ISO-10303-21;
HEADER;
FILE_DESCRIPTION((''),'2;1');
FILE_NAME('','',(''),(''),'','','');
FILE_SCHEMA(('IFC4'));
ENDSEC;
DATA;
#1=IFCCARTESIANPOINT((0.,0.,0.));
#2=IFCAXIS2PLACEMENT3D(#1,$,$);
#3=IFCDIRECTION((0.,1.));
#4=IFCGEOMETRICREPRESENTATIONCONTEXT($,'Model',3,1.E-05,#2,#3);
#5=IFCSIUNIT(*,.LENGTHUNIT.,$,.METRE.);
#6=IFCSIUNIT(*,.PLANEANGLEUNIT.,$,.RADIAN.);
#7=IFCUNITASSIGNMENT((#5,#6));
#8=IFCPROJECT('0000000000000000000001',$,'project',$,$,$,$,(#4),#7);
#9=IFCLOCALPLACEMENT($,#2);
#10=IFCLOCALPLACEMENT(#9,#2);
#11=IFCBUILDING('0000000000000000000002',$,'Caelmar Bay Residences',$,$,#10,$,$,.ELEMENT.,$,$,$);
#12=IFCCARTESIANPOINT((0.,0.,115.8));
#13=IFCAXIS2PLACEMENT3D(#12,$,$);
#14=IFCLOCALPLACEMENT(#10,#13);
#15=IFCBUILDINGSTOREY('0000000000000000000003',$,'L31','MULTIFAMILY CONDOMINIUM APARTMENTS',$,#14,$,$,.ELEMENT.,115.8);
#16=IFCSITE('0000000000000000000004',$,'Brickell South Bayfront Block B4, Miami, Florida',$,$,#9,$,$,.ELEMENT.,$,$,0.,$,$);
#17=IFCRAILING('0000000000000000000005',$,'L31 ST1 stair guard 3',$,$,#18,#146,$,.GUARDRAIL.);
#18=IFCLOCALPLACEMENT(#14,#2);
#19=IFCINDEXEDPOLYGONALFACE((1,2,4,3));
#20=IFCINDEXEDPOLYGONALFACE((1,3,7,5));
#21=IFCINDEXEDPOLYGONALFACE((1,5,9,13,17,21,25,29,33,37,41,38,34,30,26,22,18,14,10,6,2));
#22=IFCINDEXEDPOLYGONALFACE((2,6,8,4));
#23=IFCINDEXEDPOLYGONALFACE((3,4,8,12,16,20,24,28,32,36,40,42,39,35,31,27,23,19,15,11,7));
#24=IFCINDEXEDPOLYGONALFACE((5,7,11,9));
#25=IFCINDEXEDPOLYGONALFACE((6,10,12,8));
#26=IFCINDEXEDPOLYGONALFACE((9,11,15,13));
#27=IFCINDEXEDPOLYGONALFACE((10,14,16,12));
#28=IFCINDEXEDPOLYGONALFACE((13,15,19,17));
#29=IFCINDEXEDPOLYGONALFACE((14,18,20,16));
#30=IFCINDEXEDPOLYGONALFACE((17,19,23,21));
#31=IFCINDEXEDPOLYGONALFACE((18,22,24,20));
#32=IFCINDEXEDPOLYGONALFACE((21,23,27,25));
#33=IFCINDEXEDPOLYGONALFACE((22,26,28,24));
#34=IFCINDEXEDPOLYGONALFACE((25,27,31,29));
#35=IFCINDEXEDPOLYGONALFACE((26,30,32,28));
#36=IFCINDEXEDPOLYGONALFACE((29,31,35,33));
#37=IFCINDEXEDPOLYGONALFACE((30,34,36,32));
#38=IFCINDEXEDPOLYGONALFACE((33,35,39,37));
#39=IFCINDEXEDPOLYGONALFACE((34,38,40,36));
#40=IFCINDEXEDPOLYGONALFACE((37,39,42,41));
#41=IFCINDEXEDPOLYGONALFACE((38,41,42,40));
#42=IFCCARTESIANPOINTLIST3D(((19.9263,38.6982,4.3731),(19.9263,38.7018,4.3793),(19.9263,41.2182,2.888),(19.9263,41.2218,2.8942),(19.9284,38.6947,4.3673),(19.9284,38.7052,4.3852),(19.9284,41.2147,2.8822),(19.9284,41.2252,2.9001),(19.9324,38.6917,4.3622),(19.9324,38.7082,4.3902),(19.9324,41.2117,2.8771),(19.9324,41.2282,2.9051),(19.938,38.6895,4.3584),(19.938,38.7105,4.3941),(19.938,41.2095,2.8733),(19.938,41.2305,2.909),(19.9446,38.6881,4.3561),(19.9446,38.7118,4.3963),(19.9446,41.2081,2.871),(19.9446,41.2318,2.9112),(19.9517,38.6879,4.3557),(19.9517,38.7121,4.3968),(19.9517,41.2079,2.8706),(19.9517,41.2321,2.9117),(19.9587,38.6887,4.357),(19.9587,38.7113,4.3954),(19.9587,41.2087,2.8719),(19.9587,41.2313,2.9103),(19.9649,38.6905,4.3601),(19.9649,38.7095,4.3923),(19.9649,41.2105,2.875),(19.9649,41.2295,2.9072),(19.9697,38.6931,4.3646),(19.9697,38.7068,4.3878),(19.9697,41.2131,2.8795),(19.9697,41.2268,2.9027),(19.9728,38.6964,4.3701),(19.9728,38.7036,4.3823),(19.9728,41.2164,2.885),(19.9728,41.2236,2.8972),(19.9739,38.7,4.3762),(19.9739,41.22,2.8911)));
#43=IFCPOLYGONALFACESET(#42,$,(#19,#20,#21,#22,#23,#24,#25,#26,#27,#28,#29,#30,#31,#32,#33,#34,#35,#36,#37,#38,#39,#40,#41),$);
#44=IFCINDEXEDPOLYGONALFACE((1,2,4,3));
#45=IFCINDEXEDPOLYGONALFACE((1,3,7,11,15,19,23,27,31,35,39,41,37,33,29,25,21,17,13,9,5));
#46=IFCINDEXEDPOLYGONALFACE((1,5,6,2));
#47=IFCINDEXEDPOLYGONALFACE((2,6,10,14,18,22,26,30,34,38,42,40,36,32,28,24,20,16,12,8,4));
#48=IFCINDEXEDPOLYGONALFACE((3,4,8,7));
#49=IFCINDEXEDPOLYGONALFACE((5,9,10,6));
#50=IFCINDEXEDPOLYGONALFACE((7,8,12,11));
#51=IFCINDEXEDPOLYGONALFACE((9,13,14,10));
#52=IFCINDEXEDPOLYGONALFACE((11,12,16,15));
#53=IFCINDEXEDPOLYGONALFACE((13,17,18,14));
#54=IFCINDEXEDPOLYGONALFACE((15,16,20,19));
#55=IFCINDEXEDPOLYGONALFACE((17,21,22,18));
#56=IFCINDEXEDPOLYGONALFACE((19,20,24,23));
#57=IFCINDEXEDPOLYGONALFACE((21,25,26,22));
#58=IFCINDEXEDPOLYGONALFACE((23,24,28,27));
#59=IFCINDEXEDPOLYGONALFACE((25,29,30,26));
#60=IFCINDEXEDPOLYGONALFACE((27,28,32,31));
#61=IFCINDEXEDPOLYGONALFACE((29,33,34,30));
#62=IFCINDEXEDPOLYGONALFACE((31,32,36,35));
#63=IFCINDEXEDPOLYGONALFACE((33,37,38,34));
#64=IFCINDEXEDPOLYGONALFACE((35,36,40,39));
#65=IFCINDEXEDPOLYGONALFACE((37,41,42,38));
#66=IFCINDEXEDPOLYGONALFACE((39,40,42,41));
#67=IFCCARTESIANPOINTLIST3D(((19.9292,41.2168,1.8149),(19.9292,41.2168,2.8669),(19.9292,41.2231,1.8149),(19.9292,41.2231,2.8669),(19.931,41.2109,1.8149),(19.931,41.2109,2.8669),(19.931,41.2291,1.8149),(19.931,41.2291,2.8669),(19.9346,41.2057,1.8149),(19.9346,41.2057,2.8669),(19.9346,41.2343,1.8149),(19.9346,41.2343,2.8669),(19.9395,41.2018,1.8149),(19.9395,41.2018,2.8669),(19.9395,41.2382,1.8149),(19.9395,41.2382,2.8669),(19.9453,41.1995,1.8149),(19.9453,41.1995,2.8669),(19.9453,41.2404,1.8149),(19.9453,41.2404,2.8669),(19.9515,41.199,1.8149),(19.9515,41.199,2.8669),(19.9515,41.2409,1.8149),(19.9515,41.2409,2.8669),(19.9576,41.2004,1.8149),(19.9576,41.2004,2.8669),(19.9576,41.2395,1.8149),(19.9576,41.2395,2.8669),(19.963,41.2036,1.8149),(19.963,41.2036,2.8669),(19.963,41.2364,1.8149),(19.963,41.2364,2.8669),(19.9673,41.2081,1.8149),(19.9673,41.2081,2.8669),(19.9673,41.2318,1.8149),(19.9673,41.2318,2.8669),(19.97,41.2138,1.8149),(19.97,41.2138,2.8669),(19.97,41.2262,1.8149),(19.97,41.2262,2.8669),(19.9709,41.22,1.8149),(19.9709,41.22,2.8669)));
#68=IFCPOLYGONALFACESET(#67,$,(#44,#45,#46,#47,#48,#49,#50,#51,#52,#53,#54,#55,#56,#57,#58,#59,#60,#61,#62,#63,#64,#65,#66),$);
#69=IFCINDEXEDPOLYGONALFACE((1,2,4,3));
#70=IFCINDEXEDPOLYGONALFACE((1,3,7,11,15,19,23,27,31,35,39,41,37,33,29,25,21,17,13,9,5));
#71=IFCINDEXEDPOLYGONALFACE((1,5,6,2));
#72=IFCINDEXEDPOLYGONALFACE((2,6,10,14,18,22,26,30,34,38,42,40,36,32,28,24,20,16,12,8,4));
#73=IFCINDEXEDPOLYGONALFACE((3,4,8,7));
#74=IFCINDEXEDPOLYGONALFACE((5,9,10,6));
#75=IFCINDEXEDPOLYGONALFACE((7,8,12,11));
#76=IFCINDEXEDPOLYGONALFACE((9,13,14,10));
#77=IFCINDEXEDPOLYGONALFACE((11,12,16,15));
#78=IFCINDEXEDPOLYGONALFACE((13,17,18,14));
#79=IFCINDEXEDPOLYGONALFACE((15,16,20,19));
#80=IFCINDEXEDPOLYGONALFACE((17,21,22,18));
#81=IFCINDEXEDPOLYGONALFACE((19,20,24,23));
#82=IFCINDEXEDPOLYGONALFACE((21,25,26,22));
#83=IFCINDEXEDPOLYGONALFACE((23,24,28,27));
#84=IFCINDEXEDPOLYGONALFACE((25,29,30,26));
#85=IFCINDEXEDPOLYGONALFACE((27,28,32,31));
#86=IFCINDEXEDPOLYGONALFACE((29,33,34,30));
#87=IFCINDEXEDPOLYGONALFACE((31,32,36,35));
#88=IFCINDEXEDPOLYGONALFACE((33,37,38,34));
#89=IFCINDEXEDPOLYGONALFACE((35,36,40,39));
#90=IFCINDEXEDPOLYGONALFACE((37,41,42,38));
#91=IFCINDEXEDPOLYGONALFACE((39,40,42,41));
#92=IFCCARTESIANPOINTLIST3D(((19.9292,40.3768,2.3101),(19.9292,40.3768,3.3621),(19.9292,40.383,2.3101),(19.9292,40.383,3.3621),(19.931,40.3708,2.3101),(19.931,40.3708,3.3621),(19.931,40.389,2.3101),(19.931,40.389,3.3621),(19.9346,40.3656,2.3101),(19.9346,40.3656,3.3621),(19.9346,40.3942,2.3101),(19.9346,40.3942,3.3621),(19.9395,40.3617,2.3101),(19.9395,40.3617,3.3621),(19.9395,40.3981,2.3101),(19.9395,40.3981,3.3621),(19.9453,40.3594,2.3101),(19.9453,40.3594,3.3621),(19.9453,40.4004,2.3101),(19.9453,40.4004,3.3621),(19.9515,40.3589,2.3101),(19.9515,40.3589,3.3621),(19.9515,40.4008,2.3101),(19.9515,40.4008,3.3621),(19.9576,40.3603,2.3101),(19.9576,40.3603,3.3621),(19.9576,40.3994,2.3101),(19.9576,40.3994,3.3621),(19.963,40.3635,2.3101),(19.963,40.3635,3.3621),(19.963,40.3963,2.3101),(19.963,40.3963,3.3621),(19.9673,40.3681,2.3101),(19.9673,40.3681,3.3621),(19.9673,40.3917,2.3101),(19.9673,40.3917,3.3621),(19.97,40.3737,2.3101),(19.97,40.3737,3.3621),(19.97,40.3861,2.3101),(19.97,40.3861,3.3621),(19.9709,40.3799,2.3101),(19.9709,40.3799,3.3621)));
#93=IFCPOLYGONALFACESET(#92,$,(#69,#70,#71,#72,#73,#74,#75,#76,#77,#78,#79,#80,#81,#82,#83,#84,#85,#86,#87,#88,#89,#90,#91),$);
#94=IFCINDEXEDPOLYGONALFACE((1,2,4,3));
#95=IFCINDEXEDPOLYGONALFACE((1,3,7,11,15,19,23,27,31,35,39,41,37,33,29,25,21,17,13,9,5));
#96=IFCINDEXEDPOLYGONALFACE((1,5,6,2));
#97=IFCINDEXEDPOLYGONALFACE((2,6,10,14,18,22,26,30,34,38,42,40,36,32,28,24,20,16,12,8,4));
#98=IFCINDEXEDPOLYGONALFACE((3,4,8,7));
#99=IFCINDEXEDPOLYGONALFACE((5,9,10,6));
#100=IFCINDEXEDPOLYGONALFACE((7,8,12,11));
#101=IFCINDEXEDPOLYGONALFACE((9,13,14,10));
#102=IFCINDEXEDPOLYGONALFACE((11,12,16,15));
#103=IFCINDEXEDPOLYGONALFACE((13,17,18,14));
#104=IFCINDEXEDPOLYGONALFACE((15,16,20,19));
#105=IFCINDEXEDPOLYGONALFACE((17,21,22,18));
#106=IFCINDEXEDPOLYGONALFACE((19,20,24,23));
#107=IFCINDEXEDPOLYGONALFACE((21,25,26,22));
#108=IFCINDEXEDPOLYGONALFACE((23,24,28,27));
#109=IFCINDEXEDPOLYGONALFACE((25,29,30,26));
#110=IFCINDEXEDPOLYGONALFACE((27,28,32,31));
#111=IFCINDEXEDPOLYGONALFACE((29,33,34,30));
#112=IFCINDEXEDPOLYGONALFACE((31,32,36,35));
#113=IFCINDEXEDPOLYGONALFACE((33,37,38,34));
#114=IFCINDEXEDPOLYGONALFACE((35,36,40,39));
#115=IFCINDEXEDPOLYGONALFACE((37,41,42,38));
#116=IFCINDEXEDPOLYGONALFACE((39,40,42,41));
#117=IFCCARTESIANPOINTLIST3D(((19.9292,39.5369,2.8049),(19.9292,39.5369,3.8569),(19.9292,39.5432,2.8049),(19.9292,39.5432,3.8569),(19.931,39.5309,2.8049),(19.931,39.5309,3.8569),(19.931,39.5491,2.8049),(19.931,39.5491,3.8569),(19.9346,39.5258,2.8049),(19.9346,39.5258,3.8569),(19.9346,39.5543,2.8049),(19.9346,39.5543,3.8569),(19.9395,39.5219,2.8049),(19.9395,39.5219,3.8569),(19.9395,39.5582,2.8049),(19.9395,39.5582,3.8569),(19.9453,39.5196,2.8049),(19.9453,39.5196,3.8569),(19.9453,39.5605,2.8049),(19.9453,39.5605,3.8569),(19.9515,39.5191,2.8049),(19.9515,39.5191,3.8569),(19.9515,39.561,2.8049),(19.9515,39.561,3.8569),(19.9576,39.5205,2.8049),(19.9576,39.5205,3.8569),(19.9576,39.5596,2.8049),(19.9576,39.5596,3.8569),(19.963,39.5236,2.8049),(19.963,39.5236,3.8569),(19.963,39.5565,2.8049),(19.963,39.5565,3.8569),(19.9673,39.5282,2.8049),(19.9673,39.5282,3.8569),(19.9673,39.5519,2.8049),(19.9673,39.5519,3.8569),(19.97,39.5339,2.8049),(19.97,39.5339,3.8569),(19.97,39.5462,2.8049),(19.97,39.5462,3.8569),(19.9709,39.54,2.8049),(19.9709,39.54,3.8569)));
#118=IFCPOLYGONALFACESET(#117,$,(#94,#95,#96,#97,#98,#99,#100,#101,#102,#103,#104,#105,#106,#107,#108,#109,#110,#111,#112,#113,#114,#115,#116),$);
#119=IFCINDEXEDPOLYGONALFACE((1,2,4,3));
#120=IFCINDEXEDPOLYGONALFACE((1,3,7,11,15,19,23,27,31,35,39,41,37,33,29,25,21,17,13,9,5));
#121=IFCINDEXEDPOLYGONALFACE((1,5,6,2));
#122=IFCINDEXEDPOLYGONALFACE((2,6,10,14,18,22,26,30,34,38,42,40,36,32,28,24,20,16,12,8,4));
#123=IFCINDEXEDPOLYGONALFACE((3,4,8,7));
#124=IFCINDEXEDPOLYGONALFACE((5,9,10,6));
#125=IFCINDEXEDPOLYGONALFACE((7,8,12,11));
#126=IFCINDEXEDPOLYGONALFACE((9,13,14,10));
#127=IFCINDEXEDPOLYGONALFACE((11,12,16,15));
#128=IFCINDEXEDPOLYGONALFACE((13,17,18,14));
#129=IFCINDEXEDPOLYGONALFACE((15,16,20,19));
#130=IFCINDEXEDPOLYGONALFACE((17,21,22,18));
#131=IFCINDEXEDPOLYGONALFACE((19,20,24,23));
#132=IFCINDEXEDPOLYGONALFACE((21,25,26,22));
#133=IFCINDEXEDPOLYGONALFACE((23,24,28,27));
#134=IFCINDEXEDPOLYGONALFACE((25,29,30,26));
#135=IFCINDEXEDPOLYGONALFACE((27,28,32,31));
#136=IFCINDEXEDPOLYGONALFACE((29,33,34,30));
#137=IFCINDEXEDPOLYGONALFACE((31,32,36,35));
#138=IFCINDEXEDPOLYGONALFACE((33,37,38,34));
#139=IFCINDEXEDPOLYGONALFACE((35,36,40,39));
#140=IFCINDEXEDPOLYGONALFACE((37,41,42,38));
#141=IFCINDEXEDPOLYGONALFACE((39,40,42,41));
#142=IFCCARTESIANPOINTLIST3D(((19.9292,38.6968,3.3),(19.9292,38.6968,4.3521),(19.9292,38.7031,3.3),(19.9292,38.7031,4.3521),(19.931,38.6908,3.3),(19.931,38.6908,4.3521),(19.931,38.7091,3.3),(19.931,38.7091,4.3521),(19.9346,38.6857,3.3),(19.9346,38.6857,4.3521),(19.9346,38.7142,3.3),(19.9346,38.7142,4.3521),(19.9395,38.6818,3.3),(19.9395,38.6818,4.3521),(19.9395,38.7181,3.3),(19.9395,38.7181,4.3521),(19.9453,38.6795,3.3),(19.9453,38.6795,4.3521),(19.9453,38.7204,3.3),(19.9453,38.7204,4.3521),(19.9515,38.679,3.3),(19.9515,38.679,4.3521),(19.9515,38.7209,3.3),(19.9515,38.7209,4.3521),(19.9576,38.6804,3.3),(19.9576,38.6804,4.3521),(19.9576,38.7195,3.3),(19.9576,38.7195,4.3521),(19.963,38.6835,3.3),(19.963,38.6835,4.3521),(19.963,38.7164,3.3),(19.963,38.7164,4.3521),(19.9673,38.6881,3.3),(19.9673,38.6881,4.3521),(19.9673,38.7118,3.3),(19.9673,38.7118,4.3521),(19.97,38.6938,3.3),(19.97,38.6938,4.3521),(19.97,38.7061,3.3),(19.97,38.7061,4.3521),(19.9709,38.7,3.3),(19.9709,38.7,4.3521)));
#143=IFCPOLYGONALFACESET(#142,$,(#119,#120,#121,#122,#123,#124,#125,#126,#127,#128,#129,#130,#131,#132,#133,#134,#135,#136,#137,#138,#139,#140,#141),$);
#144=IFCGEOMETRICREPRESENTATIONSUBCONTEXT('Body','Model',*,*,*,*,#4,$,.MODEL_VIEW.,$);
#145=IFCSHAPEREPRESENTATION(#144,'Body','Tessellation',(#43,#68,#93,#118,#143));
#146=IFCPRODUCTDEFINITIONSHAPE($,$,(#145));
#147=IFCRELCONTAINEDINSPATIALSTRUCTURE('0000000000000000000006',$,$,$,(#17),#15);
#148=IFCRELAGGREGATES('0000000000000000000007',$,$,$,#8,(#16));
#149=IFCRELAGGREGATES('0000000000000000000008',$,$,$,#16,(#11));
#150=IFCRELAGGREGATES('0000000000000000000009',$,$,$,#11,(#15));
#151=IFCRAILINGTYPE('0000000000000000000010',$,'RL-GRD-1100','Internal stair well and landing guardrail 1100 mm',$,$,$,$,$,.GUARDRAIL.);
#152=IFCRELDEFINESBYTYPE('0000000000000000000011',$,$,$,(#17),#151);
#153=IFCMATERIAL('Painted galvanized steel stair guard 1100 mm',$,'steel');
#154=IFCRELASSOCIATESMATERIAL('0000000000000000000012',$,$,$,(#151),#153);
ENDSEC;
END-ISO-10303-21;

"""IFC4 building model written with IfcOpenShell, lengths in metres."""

from ifc_helpers import new_model, si_unit, direction, frame, origin, origin_2d, place, context, subcontext, project, spatial, circle, extrude, material, type_object, element, save


model = new_model("IFC4")

# Units and contexts
model_context = context("Model", 3, precision=1e-05, world=origin(), true_north=direction((0.0, 1.0)))
body_context = subcontext(model_context, "Body", "Model", "MODEL_VIEW")
ifc_project = project(units=[si_unit("LENGTHUNIT", "METRE"), si_unit("PLANEANGLEUNIT", "RADIAN")], contexts=[model_context])

# Site, building, storey
site_placement = place(None, origin())
site = spatial("IfcSite", under=ifc_project, at=site_placement, Name="Brickell South Bayfront Block B4, Miami, Florida", CompositionType="ELEMENT", RefElevation=0.0)
building_placement = place(site_placement, origin())
building = spatial("IfcBuilding", under=site, at=building_placement, Name="Caelmar Bay Residences", CompositionType="ELEMENT")
storey_placement = place(building_placement, frame((0.0, 0.0, 115.8)))
storey = spatial("IfcBuildingStorey", under=building, at=storey_placement, Name="L31", Description="MULTIFAMILY CONDOMINIUM APARTMENTS", CompositionType="ELEMENT", Elevation=115.8)

# Railing
ifc_material_1 = material(Name="Painted galvanized steel stair guard 1100 mm", Category="steel")
railing_type_1 = type_object("IfcRailingType", Name="RL-GRD-1100", Description="Internal stair well and landing guardrail 1100 mm", PredefinedType="GUARDRAIL", material=ifc_material_1)
railing_1_placement = place(storey_placement, frame((19.95, 41.22, 1.8149)))
element("IfcRailing", 1, at=railing_1_placement, inside=storey, type_object=railing_type_1, Name="L31 ST1 stair guard 3", PredefinedType="GUARDRAIL", context=body_context, shape_type="SweptSolid", body=[
    extrude(circle(Radius=0.0239, at=origin_2d()), frame((0.0, 0.0, 1.0762), z_axis=(0.0, -0.861524, 0.507717), x_axis=(1.0, 0.0, 0.0)), (0.0, 0.0, 1.0), 2.925),
    extrude(circle(Radius=0.021, at=origin_2d()), origin(), (0.0, 0.0, 1.0), 1.052),
    extrude(circle(Radius=0.021, at=origin_2d()), frame((0.0, -0.8401, 0.4951)), (0.0, 0.0, 1.0), 1.052),
    extrude(circle(Radius=0.021, at=origin_2d()), frame((0.0, -1.6799, 0.99)), (0.0, 0.0, 1.0), 1.052),
    extrude(circle(Radius=0.021, at=origin_2d()), frame((0.0, -2.52, 1.4851)), (0.0, 0.0, 1.0), 1.052),
])

save(model, "model.ifc")
